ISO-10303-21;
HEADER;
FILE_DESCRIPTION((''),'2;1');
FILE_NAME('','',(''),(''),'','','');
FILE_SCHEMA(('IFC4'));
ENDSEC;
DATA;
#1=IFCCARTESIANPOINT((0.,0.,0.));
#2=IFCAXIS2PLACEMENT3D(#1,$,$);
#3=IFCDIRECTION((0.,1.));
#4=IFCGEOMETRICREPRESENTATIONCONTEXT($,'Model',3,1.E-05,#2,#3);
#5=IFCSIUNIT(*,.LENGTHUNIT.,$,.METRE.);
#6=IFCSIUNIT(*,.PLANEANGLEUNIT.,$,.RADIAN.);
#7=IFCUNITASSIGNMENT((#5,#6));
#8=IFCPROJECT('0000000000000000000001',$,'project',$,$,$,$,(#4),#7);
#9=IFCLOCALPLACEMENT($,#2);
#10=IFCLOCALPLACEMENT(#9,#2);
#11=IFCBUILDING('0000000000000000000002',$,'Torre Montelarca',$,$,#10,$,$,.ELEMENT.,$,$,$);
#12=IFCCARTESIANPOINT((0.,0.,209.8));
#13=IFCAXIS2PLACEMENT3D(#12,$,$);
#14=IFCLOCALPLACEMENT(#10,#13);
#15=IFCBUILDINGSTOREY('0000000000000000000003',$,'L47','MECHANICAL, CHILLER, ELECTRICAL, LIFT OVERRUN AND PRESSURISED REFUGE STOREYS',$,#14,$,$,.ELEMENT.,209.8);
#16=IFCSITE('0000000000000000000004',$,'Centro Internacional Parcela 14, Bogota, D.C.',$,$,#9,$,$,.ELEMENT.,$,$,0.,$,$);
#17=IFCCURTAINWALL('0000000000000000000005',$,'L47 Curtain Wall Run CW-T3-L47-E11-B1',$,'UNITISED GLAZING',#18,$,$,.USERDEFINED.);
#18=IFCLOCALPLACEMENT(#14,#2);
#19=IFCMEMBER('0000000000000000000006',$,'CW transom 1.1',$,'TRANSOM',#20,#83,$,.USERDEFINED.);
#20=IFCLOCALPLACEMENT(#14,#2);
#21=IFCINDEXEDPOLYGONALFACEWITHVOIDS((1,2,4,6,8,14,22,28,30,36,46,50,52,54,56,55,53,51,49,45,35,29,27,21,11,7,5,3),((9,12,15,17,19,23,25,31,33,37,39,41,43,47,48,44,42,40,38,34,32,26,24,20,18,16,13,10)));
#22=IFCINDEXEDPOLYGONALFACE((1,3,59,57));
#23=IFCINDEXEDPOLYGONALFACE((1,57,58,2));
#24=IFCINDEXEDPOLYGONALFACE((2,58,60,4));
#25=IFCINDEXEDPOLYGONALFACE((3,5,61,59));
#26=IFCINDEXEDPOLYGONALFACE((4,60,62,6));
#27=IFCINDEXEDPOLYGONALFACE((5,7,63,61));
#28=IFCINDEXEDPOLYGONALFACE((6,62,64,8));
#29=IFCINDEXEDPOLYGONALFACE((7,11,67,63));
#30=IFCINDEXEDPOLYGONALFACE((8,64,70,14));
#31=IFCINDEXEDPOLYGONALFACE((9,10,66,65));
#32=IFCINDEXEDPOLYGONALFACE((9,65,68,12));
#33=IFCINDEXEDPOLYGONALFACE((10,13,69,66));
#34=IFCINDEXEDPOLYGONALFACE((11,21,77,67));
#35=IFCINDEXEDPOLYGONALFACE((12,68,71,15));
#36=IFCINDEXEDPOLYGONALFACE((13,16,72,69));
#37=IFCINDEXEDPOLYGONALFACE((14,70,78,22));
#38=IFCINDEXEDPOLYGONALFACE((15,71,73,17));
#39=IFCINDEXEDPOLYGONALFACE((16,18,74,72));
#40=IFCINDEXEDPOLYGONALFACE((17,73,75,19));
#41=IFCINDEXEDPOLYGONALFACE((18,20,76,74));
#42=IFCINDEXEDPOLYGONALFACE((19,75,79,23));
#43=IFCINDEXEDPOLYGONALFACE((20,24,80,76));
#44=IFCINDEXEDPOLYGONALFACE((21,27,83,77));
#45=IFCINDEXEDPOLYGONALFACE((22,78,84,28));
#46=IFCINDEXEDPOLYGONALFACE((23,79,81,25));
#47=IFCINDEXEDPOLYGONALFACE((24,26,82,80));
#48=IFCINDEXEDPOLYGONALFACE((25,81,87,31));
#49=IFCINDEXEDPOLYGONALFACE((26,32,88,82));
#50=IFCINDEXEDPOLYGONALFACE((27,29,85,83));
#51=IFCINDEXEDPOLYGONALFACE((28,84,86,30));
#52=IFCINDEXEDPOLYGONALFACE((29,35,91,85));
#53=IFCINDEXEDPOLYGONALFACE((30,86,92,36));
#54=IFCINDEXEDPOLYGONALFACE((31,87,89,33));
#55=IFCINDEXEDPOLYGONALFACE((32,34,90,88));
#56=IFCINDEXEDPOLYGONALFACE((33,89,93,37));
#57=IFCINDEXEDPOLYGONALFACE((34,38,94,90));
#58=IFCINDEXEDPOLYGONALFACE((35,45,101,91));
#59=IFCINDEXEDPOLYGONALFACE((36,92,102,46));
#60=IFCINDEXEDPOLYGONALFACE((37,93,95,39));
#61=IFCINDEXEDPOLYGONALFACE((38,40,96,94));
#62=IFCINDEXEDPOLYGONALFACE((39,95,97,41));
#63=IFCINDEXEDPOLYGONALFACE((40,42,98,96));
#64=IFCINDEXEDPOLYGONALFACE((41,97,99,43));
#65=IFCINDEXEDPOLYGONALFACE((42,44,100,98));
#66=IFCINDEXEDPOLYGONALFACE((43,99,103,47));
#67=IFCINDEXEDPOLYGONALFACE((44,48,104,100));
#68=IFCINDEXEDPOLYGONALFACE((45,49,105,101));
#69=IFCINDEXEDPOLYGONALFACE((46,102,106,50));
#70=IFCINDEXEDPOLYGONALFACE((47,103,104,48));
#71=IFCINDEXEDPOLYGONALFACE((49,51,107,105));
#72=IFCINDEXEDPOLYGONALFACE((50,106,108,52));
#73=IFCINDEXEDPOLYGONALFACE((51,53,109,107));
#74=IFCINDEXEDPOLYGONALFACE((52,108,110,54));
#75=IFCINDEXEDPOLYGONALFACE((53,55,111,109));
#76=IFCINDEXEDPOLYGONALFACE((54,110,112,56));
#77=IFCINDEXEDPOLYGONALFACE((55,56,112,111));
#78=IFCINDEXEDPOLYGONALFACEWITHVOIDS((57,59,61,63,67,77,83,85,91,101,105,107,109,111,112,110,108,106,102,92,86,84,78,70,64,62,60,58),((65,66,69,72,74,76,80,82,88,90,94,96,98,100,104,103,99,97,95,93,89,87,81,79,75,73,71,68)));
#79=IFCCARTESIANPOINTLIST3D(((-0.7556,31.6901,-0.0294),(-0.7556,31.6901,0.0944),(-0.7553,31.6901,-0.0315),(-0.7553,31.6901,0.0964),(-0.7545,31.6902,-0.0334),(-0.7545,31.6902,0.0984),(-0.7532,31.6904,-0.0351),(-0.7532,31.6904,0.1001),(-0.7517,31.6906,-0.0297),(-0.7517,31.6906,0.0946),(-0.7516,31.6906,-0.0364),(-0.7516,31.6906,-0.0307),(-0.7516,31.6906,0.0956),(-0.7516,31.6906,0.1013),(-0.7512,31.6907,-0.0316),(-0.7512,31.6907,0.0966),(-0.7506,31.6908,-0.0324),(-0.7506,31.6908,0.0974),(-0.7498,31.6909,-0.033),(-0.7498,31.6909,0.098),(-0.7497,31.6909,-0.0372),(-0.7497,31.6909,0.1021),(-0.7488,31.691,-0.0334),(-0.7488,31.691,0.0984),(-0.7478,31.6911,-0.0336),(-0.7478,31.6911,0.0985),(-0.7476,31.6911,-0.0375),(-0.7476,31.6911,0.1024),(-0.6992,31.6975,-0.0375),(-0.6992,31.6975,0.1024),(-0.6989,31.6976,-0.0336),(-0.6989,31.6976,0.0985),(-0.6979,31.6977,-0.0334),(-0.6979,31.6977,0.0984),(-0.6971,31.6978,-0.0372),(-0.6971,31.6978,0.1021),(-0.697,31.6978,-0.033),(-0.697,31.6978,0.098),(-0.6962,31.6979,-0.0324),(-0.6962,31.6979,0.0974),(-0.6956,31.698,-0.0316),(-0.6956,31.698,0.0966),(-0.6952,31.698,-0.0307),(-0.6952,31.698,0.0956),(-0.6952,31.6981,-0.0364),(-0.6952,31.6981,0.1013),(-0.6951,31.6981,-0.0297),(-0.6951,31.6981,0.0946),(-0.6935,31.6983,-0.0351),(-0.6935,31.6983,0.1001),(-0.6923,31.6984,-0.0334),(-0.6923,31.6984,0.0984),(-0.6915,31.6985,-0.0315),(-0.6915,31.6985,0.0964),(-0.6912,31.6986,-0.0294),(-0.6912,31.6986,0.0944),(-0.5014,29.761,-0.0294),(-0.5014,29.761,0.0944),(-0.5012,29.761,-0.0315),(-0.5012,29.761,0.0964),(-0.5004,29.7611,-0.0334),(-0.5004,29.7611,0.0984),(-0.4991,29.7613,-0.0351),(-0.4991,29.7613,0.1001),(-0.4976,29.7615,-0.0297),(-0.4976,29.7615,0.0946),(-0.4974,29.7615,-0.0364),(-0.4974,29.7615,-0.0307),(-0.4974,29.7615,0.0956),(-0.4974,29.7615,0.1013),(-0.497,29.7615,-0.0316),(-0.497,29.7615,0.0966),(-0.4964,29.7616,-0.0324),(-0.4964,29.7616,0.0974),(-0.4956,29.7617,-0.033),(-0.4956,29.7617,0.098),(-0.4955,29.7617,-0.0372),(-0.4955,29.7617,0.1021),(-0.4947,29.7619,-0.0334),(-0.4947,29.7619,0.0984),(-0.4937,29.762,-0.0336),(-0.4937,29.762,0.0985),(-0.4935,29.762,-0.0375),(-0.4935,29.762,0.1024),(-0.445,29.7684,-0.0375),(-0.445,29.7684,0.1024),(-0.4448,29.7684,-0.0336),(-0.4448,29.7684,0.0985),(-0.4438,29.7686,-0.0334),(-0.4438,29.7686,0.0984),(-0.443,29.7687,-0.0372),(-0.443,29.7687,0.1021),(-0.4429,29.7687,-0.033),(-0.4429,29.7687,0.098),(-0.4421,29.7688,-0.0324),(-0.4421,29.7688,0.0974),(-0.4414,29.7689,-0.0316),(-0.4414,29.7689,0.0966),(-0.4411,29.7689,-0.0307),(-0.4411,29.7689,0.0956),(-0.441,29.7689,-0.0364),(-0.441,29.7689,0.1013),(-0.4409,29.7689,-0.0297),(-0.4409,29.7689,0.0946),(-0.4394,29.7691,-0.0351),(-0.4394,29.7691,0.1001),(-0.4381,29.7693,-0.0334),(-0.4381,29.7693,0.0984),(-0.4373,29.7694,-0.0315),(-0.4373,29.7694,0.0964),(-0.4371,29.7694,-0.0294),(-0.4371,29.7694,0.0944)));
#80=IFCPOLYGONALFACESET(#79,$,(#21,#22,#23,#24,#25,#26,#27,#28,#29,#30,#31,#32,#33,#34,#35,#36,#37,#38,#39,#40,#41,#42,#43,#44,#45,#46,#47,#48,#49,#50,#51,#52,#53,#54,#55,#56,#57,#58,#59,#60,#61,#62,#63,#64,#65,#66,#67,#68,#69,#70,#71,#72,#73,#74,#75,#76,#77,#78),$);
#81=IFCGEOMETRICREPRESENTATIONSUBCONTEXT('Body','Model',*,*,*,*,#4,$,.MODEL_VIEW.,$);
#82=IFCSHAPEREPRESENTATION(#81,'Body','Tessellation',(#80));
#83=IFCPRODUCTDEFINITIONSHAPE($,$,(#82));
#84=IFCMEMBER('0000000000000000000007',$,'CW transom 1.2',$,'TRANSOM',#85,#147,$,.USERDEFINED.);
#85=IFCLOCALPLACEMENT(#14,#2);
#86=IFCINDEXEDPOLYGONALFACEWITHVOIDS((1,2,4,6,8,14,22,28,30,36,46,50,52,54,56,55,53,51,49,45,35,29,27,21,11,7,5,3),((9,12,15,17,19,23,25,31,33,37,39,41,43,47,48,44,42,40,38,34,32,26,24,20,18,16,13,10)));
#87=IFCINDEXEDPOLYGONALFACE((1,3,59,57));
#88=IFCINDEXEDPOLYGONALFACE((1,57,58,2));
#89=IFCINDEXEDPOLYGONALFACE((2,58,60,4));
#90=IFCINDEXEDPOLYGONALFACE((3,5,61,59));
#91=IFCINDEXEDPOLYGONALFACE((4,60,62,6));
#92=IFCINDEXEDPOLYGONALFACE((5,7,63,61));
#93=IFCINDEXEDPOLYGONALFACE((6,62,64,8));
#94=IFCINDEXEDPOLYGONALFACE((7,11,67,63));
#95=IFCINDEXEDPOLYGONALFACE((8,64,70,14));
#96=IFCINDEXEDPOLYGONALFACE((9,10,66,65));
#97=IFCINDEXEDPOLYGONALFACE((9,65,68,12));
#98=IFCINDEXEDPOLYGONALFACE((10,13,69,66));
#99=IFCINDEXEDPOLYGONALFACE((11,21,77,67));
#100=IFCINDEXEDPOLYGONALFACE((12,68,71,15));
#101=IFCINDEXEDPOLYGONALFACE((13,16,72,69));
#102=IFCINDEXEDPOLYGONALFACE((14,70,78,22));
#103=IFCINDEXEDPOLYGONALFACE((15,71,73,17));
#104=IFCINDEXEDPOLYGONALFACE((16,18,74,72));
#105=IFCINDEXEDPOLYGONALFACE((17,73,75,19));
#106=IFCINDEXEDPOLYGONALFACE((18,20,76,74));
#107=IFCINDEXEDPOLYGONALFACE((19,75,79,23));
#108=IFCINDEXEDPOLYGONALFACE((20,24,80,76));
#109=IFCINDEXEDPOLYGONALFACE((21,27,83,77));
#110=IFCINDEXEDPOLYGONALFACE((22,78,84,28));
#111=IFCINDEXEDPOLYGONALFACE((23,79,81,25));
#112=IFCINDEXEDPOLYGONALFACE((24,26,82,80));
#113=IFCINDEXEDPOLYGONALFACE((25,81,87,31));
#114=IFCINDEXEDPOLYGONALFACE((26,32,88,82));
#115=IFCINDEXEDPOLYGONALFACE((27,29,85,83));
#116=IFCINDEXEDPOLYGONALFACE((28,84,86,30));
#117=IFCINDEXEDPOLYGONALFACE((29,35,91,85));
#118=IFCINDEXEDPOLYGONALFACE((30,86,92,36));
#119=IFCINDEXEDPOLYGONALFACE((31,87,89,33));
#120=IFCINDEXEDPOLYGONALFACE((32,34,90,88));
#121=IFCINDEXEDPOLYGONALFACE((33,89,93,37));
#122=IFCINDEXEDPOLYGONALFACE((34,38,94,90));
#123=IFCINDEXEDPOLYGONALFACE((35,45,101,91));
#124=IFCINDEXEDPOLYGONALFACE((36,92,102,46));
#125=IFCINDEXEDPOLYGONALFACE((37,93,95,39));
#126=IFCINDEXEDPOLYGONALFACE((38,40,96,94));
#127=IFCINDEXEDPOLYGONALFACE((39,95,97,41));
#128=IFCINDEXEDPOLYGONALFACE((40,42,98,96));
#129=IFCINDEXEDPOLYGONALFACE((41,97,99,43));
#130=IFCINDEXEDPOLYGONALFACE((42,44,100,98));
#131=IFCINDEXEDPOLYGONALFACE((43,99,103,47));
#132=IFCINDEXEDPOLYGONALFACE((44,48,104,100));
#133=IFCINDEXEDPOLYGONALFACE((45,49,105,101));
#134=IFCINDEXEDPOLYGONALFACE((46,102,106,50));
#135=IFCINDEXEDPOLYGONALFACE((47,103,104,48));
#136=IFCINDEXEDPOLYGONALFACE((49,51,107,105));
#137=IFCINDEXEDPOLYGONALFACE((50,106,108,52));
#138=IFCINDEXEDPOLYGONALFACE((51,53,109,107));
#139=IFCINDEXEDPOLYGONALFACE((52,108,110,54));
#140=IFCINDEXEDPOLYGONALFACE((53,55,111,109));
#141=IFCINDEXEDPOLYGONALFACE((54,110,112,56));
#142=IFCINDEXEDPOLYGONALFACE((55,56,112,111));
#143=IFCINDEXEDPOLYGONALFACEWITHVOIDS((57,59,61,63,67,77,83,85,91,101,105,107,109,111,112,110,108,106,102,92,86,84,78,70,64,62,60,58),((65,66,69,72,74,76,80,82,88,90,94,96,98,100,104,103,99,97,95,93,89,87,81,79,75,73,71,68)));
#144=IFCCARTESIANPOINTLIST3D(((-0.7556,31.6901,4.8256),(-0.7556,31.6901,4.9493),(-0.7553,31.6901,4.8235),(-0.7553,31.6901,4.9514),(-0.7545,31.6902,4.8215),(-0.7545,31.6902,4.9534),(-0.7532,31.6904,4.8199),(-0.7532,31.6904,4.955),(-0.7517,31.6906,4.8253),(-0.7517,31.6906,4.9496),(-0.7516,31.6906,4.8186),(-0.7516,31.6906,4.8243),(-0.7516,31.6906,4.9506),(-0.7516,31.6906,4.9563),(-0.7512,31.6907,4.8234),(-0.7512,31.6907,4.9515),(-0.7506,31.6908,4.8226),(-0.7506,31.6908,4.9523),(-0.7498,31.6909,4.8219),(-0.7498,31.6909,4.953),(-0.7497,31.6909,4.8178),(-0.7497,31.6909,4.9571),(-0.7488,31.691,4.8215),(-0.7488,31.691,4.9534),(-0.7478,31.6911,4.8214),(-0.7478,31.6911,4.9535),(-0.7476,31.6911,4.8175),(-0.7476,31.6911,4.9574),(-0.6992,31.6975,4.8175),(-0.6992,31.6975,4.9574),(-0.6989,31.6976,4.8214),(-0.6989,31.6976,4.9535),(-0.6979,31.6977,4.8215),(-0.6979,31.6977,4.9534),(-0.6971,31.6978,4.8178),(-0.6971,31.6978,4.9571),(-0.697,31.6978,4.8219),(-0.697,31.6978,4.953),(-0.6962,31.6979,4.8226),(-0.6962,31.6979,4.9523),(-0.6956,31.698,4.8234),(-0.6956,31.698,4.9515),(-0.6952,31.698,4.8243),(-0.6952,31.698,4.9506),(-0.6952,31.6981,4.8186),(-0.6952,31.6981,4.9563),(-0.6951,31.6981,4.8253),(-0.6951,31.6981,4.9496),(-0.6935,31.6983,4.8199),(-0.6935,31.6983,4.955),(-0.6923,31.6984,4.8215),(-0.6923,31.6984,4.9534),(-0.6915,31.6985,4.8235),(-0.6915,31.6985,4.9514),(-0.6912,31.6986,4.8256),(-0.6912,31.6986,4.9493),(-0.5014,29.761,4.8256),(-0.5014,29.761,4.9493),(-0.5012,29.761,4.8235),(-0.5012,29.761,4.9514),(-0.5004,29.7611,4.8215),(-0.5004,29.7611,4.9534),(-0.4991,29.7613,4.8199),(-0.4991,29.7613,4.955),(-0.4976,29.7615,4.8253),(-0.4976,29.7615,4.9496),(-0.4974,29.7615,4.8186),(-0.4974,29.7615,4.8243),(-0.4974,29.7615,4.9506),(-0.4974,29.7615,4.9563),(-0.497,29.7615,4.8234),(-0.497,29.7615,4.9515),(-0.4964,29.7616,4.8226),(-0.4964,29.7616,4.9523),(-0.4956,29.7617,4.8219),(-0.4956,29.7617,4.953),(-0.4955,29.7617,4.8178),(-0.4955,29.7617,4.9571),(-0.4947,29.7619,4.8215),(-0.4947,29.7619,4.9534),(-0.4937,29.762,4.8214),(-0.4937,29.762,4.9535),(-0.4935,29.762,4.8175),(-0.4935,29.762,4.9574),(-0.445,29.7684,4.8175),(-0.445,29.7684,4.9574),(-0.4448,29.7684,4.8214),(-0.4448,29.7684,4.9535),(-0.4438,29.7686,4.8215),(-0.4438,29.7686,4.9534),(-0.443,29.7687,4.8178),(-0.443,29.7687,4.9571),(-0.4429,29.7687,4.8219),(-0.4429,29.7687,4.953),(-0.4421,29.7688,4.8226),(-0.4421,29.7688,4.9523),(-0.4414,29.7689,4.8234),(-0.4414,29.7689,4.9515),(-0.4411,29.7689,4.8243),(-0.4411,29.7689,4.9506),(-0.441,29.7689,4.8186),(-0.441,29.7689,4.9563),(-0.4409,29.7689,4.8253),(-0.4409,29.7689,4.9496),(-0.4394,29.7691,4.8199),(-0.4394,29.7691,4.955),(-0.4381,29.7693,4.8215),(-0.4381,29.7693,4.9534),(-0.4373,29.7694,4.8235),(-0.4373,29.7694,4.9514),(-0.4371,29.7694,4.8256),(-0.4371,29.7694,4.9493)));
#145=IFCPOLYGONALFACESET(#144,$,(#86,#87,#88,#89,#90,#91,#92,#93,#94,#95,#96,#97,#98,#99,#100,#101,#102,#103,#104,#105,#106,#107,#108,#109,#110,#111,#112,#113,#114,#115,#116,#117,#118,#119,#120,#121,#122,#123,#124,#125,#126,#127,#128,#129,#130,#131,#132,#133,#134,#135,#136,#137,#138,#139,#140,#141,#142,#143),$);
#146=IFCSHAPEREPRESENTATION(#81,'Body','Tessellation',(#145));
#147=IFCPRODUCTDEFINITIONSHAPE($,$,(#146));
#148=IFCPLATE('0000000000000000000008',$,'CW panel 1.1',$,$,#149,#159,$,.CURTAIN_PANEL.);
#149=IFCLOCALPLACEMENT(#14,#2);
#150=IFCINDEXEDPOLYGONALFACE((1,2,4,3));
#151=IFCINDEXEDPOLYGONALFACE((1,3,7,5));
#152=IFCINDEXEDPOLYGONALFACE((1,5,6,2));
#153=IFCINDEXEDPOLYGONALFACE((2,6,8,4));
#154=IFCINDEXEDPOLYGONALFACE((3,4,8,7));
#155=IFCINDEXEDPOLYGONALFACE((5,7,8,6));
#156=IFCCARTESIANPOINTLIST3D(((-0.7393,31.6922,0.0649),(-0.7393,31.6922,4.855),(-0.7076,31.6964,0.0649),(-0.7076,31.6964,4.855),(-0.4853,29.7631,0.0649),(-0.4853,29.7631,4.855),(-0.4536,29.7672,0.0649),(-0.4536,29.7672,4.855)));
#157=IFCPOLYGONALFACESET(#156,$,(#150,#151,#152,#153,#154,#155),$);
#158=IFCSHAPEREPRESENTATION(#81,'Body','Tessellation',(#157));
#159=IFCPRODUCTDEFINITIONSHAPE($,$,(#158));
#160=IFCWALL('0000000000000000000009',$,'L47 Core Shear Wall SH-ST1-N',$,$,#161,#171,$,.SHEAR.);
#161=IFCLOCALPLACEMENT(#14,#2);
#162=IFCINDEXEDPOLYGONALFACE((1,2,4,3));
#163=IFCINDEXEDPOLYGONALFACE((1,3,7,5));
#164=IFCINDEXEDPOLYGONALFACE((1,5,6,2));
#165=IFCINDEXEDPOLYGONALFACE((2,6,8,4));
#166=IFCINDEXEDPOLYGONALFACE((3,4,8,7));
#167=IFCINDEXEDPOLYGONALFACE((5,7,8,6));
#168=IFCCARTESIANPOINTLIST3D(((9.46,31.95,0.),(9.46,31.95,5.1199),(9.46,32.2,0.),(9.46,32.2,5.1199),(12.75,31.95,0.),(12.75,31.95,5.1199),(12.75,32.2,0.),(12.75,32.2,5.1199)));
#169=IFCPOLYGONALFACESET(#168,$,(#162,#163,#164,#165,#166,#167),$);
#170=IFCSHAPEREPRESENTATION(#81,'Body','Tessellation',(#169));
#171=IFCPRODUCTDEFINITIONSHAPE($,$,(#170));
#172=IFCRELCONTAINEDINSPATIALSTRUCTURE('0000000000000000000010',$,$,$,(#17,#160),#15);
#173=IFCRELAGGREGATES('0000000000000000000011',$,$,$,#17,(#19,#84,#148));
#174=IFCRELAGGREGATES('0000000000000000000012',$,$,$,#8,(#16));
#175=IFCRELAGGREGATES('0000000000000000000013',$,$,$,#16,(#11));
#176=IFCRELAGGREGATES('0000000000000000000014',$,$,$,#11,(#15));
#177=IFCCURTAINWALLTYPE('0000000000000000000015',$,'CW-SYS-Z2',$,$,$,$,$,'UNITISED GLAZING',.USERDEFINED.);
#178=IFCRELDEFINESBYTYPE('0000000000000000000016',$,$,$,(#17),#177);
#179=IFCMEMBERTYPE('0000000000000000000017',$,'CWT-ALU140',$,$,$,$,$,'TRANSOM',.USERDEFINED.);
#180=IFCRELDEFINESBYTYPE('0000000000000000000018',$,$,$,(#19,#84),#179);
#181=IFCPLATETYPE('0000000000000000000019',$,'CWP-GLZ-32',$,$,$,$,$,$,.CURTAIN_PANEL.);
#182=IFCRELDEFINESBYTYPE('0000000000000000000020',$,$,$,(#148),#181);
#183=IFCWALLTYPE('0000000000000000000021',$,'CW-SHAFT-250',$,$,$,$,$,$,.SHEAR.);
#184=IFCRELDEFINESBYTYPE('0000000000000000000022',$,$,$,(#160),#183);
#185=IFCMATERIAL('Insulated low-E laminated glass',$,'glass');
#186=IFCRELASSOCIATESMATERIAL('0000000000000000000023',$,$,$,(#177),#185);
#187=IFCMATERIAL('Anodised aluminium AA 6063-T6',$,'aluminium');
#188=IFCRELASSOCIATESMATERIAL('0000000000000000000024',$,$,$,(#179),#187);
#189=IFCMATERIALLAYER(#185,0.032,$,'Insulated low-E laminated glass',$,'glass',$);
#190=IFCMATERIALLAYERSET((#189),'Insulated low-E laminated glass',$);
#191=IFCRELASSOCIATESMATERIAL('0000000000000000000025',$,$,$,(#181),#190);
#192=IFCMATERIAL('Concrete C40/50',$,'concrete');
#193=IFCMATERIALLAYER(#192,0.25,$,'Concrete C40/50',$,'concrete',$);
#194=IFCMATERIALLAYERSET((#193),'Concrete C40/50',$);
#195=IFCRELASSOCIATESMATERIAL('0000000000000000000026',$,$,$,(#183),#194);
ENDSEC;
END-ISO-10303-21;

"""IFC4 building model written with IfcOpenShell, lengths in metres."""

from ifc_helpers import new_model, si_unit, direction, frame, frame_2d, origin, origin_2d, place, context, subcontext, project, spatial, rectangle, hollow_rectangle, extrude, source, transform, mapped, material, layer, layer_set, material_profile, profile_set, type_object, element, aggregate, save


model = new_model("IFC4")

# Units and contexts
model_context = context("Model", 3, precision=1e-05, world=origin(), true_north=direction((0.0, 1.0)))
body_context = subcontext(model_context, "Body", "Model", "MODEL_VIEW")
ifc_project = project(units=[si_unit("LENGTHUNIT", "METRE"), si_unit("PLANEANGLEUNIT", "RADIAN")], contexts=[model_context])

# Site, building, storey
site_placement = place(None, origin())
site = spatial("IfcSite", under=ifc_project, at=site_placement, Name="Centro Internacional Parcela 14, Bogota, D.C.", CompositionType="ELEMENT", RefElevation=0.0)
building_placement = place(site_placement, origin())
building = spatial("IfcBuilding", under=site, at=building_placement, Name="Torre Montelarca", CompositionType="ELEMENT")
storey_placement = place(building_placement, frame((0.0, 0.0, 209.8)))
storey = spatial("IfcBuildingStorey", under=building, at=storey_placement, Name="L47", Description="MECHANICAL, CHILLER, ELECTRICAL, LIFT OVERRUN AND PRESSURISED REFUGE STOREYS", CompositionType="ELEMENT", Elevation=209.8)

# Curtain wall, members, plate
ifc_material_1 = material(Name="Insulated low-E laminated glass", Category="glass")
curtain_wall_type = type_object("IfcCurtainWallType", Name="CW-SYS-Z2", ElementType="UNITISED GLAZING", PredefinedType="USERDEFINED", material=ifc_material_1)
curtain_wall_placement = place(storey_placement, origin())
curtain_wall = element("IfcCurtainWall", 1, at=curtain_wall_placement, inside=storey, type_object=curtain_wall_type, Name="L47 Curtain Wall Run CW-T3-L47-E11-B1", ObjectType="UNITISED GLAZING", PredefinedType="USERDEFINED")
ifc_material_2 = material(Name="Anodised aluminium AA 6063-T6", Category="aluminium")
ifc_material_profile_1 = material_profile(ifc_material_2, hollow_rectangle(XDim=0.0649, YDim=0.1399, WallThickness=0.0039, InnerFilletRadius=0.0039, OuterFilletRadius=0.0081, at=origin_2d()), Name="ALU65X140X4", Category="aluminium")
ifc_profile_set_1 = profile_set([ifc_material_profile_1], Name="Anodised aluminium AA 6063-T6")
member_type_1 = type_object("IfcMemberType", Name="CWT-ALU140", ElementType="TRANSOM", PredefinedType="USERDEFINED", material=ifc_profile_set_1)
shared_shape_1 = source(origin(), body_context, "Body", "SweptSolid", [
    extrude(hollow_rectangle(XDim=0.0649, YDim=0.1399, WallThickness=0.0039, InnerFilletRadius=0.0039, OuterFilletRadius=0.0081, at=origin_2d()), origin(), (0.0, 0.0, 1.0), 1.9458),
])
member_1_placement = place(storey_placement, frame((-0.7234, 31.6943, 0.0325), z_axis=(0.13061, -0.991434, 0.0), x_axis=(0.991434, 0.13061, 0.0)))
member_1 = element("IfcMember", 2, at=member_1_placement, type_object=member_type_1, Name="CW transom 1.1", ObjectType="TRANSOM", PredefinedType="USERDEFINED", context=body_context, shape_type="MappedRepresentation", body=[
    mapped(shared_shape_1, transform((0.0, 0.0, 0.0), scale=1.0)),
])
member_2_placement = place(storey_placement, frame((-0.7234, 31.6943, 4.8875), z_axis=(0.13061, -0.991434, 0.0), x_axis=(0.991434, 0.13061, 0.0)))
member_2 = element("IfcMember", 3, at=member_2_placement, type_object=member_type_1, Name="CW transom 1.2", ObjectType="TRANSOM", PredefinedType="USERDEFINED", context=body_context, shape_type="MappedRepresentation", body=[
    mapped(shared_shape_1, transform((0.0, 0.0, 0.0), scale=1.0)),
])
ifc_layer_1 = layer(ifc_material_1, 0.032, Name="Insulated low-E laminated glass", Category="glass")
ifc_layer_set_1 = layer_set([ifc_layer_1], Name="Insulated low-E laminated glass")
plate_type = type_object("IfcPlateType", Name="CWP-GLZ-32", PredefinedType="CURTAIN_PANEL", material=ifc_layer_set_1)
shared_shape_2 = source(origin(), body_context, "Body", "SweptSolid", [
    extrude(rectangle(XDim=1.9458, YDim=0.032, at=origin_2d()), origin(), (0.0, 0.0, 1.0), 4.79),
])
plate_placement = place(storey_placement, frame((-0.5964, 30.7297, 0.0649), z_axis=(0.0, 0.0, 1.0), x_axis=(0.130519, -0.991446, 0.0)))
plate = element("IfcPlate", 4, at=plate_placement, type_object=plate_type, Name="CW panel 1.1", PredefinedType="CURTAIN_PANEL", context=body_context, shape_type="MappedRepresentation", body=[
    mapped(shared_shape_2, transform((0.0, 0.0, 0.0), scale=1.0)),
])
aggregate(curtain_wall, [member_1, member_2, plate])

# Wall
ifc_material_3 = material(Name="Concrete C40/50", Category="concrete")
ifc_layer_2 = layer(ifc_material_3, 0.25, Name="Concrete C40/50", Category="concrete")
ifc_layer_set_2 = layer_set([ifc_layer_2], Name="Concrete C40/50")
wall_type_1 = type_object("IfcWallType", Name="CW-SHAFT-250", PredefinedType="SHEAR", material=ifc_layer_set_2)
wall_1_placement = place(storey_placement, frame((9.46, 32.075, 0.0), z_axis=(0.0, 0.0, 1.0), x_axis=(1.0, 0.0, 0.0)))
element("IfcWall", 5, at=wall_1_placement, inside=storey, type_object=wall_type_1, Name="L47 Core Shear Wall SH-ST1-N", PredefinedType="SHEAR", context=body_context, shape_type="SweptSolid", body=[
    extrude(rectangle(XDim=3.29, YDim=0.25, at=frame_2d((1.645, 0.0))), origin(), (0.0, 0.0, 1.0), 5.1199),
])

save(model, "model.ifc")
